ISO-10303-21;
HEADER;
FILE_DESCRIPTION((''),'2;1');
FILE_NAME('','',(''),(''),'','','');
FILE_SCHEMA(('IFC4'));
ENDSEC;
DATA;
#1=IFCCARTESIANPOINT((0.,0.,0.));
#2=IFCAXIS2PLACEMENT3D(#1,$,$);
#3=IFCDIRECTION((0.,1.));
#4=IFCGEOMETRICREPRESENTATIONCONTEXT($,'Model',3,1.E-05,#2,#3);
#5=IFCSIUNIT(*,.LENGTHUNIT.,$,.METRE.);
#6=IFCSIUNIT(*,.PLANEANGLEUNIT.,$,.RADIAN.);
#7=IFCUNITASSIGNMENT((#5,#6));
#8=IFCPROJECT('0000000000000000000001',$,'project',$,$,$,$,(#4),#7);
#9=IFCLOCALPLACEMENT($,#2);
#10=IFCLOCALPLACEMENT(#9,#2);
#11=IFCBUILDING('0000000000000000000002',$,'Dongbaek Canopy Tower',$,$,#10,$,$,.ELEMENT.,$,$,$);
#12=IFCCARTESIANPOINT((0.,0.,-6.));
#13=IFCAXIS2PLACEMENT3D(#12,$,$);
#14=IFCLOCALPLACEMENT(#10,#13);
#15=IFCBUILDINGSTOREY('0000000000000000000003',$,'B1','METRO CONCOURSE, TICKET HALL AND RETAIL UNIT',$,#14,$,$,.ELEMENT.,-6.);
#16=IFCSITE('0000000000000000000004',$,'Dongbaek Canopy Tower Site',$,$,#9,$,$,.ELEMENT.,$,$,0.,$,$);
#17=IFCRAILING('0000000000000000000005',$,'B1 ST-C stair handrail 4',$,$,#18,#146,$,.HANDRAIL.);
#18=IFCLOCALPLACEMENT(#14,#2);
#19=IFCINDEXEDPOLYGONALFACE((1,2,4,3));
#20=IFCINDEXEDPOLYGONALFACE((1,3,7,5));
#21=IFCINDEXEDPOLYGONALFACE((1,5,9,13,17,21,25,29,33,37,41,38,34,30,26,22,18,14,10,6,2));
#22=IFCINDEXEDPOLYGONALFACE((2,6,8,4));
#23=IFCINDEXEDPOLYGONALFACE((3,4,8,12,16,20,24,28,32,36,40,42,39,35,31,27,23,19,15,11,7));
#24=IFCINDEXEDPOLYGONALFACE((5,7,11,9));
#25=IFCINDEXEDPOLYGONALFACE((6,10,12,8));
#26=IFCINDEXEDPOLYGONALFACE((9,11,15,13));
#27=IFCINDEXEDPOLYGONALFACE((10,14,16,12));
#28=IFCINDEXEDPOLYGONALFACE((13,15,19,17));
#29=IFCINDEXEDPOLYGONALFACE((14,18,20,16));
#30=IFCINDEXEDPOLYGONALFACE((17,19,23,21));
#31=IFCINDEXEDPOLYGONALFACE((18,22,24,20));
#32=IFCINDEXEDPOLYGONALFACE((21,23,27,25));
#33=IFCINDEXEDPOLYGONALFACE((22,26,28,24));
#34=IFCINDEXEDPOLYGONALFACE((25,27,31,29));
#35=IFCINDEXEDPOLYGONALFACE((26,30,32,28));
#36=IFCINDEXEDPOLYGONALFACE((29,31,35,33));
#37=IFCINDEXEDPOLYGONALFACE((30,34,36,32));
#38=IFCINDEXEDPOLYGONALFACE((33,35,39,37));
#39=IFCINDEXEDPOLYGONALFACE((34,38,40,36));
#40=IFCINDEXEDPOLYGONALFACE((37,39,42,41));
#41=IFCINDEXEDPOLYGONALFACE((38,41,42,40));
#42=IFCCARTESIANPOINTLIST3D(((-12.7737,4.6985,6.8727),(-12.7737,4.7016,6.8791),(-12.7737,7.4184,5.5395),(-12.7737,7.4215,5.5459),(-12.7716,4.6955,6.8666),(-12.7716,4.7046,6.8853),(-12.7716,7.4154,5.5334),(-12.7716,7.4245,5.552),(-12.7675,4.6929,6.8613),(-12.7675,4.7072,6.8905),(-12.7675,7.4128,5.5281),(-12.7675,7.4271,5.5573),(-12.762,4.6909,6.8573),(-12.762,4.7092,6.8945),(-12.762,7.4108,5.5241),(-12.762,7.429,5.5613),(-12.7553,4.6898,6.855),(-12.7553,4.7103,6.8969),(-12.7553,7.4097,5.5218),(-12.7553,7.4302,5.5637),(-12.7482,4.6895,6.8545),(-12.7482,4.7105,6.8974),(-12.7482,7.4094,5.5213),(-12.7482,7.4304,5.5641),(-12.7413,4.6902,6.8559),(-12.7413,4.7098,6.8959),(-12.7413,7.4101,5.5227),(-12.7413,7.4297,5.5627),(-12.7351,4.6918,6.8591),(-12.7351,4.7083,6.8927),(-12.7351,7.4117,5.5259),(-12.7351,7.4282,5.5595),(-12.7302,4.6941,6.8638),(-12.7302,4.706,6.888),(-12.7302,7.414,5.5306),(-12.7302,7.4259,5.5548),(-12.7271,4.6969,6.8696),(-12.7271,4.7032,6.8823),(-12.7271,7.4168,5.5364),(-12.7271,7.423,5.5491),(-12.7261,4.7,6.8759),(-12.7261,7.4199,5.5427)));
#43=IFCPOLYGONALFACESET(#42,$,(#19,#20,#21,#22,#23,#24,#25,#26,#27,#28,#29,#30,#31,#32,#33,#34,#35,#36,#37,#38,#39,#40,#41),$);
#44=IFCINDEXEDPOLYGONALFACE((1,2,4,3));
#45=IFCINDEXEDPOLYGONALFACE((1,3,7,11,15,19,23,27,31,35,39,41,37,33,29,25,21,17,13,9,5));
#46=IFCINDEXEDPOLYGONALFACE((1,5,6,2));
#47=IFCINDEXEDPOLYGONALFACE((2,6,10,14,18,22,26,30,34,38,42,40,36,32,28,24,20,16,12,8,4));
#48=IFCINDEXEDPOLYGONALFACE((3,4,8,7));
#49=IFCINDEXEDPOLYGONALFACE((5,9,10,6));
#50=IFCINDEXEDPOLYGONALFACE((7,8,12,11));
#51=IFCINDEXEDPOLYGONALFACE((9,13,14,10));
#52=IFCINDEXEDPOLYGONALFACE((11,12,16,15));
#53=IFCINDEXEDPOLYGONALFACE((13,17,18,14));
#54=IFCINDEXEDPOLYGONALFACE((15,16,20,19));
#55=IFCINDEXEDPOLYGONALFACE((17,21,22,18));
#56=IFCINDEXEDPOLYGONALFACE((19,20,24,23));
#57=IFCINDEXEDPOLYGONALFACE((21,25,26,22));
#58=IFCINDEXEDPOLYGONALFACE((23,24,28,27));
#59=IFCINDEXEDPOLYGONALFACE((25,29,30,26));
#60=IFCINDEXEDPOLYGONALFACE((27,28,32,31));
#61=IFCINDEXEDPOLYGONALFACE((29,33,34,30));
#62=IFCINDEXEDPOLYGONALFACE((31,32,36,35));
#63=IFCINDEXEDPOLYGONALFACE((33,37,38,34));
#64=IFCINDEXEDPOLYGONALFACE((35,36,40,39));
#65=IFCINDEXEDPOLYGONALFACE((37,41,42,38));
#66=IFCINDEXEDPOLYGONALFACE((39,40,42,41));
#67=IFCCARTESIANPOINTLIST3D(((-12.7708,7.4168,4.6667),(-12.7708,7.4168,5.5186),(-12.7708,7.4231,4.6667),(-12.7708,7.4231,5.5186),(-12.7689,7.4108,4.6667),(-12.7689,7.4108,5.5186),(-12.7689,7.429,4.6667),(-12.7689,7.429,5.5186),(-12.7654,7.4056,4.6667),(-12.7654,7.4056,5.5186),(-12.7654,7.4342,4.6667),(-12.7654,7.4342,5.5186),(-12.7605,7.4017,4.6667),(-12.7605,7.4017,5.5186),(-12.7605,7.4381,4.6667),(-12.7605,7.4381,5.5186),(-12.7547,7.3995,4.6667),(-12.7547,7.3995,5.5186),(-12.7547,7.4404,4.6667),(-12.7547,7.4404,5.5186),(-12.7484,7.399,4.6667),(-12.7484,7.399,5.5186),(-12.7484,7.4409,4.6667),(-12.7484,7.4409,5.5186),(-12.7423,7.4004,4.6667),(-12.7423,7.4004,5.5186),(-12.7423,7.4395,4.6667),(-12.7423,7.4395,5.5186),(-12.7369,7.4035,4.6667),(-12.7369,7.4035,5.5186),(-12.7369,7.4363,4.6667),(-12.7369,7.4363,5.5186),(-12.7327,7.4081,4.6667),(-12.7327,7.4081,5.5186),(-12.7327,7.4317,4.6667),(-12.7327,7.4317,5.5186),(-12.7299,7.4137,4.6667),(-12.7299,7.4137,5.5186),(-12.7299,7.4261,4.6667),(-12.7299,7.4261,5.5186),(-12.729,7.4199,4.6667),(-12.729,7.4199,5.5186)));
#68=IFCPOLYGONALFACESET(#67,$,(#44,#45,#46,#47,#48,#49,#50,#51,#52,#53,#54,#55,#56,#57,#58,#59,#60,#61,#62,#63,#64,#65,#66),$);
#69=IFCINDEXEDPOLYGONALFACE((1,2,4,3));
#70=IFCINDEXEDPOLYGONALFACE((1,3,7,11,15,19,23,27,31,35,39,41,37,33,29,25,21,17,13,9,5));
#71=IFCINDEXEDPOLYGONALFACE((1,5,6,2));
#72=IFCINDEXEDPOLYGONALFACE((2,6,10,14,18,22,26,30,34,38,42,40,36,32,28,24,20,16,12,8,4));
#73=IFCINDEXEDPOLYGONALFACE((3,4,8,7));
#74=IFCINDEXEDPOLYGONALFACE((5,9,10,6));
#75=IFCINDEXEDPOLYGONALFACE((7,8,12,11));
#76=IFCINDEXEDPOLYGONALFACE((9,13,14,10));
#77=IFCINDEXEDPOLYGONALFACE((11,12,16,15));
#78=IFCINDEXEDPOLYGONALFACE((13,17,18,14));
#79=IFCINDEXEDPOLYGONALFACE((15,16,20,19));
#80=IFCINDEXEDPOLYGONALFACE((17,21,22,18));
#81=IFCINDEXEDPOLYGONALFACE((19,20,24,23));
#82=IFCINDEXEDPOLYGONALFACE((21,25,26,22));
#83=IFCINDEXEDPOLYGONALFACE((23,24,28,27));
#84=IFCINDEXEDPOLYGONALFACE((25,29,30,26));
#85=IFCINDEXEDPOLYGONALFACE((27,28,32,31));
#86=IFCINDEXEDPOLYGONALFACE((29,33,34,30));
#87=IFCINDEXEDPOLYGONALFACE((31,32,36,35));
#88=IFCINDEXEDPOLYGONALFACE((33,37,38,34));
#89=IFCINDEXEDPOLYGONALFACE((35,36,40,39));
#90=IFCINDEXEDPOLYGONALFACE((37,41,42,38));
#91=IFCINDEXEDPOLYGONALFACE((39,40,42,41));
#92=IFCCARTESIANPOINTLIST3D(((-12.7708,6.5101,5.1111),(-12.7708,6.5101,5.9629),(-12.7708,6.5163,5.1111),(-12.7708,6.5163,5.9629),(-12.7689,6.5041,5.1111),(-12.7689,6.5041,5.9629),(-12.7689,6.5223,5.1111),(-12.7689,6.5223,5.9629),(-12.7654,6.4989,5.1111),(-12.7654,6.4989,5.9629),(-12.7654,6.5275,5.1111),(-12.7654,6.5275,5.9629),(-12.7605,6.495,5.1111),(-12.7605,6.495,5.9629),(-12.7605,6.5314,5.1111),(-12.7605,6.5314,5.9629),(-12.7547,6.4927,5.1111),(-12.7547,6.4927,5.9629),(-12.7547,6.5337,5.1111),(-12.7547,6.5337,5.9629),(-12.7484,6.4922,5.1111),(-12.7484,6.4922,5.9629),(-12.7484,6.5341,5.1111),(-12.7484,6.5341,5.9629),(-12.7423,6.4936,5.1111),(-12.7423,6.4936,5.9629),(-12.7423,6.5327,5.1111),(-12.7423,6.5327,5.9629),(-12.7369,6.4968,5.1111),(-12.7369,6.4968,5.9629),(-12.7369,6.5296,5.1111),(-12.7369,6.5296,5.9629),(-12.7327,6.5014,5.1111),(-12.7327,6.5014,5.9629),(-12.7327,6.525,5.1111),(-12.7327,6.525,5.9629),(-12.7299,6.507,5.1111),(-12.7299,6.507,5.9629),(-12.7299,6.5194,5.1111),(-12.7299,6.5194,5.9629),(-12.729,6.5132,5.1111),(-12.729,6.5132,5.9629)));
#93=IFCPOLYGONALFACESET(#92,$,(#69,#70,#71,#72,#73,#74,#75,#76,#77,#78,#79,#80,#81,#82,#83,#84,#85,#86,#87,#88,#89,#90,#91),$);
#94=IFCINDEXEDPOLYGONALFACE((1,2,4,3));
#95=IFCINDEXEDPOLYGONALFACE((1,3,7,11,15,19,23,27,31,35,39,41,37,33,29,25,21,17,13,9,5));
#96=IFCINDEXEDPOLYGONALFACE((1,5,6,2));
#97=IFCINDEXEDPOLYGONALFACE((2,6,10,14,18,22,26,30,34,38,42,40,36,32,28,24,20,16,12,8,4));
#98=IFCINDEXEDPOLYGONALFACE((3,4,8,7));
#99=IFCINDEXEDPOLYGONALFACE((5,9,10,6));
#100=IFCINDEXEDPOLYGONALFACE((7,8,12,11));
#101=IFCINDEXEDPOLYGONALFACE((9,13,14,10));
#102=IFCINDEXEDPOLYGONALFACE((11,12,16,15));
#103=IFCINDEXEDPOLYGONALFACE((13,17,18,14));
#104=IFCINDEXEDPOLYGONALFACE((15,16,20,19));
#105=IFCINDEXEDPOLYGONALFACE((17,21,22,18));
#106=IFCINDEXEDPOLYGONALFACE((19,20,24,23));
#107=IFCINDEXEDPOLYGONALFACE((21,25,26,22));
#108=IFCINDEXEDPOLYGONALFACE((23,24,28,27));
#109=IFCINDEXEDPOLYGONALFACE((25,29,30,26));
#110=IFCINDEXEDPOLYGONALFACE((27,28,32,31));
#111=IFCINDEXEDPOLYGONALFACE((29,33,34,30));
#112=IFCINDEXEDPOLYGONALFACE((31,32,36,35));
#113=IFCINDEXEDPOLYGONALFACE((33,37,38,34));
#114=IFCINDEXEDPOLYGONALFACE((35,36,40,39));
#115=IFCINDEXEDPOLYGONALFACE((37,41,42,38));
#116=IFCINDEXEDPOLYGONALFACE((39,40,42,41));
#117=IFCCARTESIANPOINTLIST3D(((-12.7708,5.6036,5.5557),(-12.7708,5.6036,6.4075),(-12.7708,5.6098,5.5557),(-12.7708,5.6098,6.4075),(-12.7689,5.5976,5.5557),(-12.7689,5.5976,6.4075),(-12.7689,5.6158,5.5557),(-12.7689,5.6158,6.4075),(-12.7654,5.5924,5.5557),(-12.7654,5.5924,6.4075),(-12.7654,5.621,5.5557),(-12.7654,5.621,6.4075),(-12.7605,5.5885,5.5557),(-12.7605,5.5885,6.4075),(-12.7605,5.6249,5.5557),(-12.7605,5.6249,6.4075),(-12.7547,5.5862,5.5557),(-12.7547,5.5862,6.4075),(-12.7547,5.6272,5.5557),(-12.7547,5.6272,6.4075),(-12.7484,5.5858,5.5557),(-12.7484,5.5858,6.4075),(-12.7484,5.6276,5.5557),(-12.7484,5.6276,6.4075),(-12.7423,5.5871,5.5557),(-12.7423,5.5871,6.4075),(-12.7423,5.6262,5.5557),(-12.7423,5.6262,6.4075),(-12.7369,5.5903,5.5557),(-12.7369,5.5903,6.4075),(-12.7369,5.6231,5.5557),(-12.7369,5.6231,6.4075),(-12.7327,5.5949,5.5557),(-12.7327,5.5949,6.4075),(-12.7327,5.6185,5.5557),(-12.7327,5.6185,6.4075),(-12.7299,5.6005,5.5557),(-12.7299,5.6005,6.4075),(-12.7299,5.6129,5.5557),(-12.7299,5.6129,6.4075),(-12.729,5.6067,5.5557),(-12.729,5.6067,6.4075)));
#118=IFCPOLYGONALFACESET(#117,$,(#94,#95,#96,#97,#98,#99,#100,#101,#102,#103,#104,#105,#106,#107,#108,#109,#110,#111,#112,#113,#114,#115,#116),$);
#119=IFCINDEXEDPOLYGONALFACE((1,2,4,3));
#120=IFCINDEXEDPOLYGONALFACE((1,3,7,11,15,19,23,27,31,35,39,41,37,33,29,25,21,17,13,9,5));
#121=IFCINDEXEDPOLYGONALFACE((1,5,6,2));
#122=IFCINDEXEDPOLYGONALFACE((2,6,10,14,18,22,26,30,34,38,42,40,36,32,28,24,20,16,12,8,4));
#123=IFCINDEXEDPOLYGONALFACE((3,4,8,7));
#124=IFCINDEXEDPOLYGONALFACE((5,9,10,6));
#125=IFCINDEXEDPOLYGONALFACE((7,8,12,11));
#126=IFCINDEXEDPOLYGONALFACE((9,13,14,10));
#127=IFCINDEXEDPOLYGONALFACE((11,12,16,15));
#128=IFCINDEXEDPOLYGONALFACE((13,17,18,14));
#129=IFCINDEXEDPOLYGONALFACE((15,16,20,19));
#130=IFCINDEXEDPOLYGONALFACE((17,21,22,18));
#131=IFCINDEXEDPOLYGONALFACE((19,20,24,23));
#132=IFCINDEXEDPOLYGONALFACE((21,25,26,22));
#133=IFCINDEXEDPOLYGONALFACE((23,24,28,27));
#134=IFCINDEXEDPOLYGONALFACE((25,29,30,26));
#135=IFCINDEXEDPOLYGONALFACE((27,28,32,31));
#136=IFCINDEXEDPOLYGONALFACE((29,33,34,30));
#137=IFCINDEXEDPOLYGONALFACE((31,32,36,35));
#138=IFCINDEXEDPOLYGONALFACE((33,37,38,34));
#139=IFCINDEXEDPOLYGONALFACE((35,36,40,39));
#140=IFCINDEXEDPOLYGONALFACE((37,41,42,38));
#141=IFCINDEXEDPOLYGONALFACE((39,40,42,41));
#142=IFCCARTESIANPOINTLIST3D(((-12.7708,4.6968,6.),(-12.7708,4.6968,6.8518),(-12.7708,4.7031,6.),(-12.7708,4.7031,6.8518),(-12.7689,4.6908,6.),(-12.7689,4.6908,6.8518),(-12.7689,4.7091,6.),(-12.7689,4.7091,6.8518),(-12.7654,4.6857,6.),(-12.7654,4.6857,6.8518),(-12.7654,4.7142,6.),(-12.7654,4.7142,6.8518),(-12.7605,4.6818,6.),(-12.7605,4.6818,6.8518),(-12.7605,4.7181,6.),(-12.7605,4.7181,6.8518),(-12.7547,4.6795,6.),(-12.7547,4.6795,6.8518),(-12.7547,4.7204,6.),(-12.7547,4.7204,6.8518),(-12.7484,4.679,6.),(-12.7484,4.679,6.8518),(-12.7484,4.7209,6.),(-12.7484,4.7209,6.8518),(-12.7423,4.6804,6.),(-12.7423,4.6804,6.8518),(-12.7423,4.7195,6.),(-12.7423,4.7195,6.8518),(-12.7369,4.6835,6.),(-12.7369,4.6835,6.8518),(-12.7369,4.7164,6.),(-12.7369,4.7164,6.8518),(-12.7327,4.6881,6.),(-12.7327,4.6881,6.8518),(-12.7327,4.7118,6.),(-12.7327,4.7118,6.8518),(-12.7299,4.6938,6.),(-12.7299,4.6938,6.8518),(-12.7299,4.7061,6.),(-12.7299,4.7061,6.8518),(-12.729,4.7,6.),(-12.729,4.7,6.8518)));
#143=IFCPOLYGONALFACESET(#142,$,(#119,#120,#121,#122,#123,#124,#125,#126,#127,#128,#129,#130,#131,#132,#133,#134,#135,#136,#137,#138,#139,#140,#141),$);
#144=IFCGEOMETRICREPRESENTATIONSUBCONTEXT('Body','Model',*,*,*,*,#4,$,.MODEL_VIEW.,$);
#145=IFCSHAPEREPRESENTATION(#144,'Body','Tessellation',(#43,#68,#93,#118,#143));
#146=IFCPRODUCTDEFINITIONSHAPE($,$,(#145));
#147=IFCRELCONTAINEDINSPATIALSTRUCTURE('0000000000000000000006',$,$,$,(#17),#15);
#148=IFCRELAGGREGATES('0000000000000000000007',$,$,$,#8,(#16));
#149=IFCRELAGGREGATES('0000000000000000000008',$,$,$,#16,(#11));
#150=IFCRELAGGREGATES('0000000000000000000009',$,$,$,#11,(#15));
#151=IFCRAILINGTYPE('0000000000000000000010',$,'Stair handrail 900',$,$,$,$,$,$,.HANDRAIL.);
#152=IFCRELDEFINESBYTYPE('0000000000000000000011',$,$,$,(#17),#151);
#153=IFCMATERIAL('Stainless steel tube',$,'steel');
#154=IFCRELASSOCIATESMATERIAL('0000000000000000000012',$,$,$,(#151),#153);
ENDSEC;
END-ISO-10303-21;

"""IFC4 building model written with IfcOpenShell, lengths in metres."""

from ifc_helpers import new_model, si_unit, direction, frame, origin, origin_2d, place, context, subcontext, project, spatial, circle, extrude, material, type_object, element, save


model = new_model("IFC4")

# Units and contexts
model_context = context("Model", 3, precision=1e-05, world=origin(), true_north=direction((0.0, 1.0)))
body_context = subcontext(model_context, "Body", "Model", "MODEL_VIEW")
ifc_project = project(units=[si_unit("LENGTHUNIT", "METRE"), si_unit("PLANEANGLEUNIT", "RADIAN")], contexts=[model_context])

# Site, building, storey
site_placement = place(None, origin())
site = spatial("IfcSite", under=ifc_project, at=site_placement, Name="Dongbaek Canopy Tower Site", CompositionType="ELEMENT", RefElevation=0.0)
building_placement = place(site_placement, origin())
building = spatial("IfcBuilding", under=site, at=building_placement, Name="Dongbaek Canopy Tower", CompositionType="ELEMENT")
storey_placement = place(building_placement, frame((0.0, 0.0, -6.0)))
storey = spatial("IfcBuildingStorey", under=building, at=storey_placement, Name="B1", Description="METRO CONCOURSE, TICKET HALL AND RETAIL UNIT", CompositionType="ELEMENT", Elevation=-6.0)

# Railing
ifc_material_1 = material(Name="Stainless steel tube", Category="steel")
railing_type = type_object("IfcRailingType", Name="Stair handrail 900", PredefinedType="HANDRAIL", material=ifc_material_1)
for number, where, name in (
    (1, (-12.75, 7.4199, 4.6667), "B1 ST-C stair handrail 4"),
):
    element("IfcRailing", number, at=place(storey_placement, frame(where)), inside=storey, type_object=railing_type, Name=name, PredefinedType="HANDRAIL", context=body_context, shape_type="SweptSolid", body=[
        extrude(circle(Radius=0.0239, at=origin_2d()), frame((0.0, 0.0, 0.876), z_axis=(0.0, -0.897929, 0.440139), x_axis=(1.0, 0.0, 0.0)), (0.0, 0.0, 1.0), 3.0291),
        extrude(circle(Radius=0.021, at=origin_2d()), origin(), (0.0, 0.0, 1.0), 0.8518),
        extrude(circle(Radius=0.021, at=origin_2d()), frame((0.0, -0.9067, 0.4443)), (0.0, 0.0, 1.0), 0.8518),
        extrude(circle(Radius=0.021, at=origin_2d()), frame((0.0, -1.8132, 0.8889)), (0.0, 0.0, 1.0), 0.8518),
        extrude(circle(Radius=0.021, at=origin_2d()), frame((0.0, -2.72, 1.3333)), (0.0, 0.0, 1.0), 0.8518),
    ])

save(model, "model.ifc")
